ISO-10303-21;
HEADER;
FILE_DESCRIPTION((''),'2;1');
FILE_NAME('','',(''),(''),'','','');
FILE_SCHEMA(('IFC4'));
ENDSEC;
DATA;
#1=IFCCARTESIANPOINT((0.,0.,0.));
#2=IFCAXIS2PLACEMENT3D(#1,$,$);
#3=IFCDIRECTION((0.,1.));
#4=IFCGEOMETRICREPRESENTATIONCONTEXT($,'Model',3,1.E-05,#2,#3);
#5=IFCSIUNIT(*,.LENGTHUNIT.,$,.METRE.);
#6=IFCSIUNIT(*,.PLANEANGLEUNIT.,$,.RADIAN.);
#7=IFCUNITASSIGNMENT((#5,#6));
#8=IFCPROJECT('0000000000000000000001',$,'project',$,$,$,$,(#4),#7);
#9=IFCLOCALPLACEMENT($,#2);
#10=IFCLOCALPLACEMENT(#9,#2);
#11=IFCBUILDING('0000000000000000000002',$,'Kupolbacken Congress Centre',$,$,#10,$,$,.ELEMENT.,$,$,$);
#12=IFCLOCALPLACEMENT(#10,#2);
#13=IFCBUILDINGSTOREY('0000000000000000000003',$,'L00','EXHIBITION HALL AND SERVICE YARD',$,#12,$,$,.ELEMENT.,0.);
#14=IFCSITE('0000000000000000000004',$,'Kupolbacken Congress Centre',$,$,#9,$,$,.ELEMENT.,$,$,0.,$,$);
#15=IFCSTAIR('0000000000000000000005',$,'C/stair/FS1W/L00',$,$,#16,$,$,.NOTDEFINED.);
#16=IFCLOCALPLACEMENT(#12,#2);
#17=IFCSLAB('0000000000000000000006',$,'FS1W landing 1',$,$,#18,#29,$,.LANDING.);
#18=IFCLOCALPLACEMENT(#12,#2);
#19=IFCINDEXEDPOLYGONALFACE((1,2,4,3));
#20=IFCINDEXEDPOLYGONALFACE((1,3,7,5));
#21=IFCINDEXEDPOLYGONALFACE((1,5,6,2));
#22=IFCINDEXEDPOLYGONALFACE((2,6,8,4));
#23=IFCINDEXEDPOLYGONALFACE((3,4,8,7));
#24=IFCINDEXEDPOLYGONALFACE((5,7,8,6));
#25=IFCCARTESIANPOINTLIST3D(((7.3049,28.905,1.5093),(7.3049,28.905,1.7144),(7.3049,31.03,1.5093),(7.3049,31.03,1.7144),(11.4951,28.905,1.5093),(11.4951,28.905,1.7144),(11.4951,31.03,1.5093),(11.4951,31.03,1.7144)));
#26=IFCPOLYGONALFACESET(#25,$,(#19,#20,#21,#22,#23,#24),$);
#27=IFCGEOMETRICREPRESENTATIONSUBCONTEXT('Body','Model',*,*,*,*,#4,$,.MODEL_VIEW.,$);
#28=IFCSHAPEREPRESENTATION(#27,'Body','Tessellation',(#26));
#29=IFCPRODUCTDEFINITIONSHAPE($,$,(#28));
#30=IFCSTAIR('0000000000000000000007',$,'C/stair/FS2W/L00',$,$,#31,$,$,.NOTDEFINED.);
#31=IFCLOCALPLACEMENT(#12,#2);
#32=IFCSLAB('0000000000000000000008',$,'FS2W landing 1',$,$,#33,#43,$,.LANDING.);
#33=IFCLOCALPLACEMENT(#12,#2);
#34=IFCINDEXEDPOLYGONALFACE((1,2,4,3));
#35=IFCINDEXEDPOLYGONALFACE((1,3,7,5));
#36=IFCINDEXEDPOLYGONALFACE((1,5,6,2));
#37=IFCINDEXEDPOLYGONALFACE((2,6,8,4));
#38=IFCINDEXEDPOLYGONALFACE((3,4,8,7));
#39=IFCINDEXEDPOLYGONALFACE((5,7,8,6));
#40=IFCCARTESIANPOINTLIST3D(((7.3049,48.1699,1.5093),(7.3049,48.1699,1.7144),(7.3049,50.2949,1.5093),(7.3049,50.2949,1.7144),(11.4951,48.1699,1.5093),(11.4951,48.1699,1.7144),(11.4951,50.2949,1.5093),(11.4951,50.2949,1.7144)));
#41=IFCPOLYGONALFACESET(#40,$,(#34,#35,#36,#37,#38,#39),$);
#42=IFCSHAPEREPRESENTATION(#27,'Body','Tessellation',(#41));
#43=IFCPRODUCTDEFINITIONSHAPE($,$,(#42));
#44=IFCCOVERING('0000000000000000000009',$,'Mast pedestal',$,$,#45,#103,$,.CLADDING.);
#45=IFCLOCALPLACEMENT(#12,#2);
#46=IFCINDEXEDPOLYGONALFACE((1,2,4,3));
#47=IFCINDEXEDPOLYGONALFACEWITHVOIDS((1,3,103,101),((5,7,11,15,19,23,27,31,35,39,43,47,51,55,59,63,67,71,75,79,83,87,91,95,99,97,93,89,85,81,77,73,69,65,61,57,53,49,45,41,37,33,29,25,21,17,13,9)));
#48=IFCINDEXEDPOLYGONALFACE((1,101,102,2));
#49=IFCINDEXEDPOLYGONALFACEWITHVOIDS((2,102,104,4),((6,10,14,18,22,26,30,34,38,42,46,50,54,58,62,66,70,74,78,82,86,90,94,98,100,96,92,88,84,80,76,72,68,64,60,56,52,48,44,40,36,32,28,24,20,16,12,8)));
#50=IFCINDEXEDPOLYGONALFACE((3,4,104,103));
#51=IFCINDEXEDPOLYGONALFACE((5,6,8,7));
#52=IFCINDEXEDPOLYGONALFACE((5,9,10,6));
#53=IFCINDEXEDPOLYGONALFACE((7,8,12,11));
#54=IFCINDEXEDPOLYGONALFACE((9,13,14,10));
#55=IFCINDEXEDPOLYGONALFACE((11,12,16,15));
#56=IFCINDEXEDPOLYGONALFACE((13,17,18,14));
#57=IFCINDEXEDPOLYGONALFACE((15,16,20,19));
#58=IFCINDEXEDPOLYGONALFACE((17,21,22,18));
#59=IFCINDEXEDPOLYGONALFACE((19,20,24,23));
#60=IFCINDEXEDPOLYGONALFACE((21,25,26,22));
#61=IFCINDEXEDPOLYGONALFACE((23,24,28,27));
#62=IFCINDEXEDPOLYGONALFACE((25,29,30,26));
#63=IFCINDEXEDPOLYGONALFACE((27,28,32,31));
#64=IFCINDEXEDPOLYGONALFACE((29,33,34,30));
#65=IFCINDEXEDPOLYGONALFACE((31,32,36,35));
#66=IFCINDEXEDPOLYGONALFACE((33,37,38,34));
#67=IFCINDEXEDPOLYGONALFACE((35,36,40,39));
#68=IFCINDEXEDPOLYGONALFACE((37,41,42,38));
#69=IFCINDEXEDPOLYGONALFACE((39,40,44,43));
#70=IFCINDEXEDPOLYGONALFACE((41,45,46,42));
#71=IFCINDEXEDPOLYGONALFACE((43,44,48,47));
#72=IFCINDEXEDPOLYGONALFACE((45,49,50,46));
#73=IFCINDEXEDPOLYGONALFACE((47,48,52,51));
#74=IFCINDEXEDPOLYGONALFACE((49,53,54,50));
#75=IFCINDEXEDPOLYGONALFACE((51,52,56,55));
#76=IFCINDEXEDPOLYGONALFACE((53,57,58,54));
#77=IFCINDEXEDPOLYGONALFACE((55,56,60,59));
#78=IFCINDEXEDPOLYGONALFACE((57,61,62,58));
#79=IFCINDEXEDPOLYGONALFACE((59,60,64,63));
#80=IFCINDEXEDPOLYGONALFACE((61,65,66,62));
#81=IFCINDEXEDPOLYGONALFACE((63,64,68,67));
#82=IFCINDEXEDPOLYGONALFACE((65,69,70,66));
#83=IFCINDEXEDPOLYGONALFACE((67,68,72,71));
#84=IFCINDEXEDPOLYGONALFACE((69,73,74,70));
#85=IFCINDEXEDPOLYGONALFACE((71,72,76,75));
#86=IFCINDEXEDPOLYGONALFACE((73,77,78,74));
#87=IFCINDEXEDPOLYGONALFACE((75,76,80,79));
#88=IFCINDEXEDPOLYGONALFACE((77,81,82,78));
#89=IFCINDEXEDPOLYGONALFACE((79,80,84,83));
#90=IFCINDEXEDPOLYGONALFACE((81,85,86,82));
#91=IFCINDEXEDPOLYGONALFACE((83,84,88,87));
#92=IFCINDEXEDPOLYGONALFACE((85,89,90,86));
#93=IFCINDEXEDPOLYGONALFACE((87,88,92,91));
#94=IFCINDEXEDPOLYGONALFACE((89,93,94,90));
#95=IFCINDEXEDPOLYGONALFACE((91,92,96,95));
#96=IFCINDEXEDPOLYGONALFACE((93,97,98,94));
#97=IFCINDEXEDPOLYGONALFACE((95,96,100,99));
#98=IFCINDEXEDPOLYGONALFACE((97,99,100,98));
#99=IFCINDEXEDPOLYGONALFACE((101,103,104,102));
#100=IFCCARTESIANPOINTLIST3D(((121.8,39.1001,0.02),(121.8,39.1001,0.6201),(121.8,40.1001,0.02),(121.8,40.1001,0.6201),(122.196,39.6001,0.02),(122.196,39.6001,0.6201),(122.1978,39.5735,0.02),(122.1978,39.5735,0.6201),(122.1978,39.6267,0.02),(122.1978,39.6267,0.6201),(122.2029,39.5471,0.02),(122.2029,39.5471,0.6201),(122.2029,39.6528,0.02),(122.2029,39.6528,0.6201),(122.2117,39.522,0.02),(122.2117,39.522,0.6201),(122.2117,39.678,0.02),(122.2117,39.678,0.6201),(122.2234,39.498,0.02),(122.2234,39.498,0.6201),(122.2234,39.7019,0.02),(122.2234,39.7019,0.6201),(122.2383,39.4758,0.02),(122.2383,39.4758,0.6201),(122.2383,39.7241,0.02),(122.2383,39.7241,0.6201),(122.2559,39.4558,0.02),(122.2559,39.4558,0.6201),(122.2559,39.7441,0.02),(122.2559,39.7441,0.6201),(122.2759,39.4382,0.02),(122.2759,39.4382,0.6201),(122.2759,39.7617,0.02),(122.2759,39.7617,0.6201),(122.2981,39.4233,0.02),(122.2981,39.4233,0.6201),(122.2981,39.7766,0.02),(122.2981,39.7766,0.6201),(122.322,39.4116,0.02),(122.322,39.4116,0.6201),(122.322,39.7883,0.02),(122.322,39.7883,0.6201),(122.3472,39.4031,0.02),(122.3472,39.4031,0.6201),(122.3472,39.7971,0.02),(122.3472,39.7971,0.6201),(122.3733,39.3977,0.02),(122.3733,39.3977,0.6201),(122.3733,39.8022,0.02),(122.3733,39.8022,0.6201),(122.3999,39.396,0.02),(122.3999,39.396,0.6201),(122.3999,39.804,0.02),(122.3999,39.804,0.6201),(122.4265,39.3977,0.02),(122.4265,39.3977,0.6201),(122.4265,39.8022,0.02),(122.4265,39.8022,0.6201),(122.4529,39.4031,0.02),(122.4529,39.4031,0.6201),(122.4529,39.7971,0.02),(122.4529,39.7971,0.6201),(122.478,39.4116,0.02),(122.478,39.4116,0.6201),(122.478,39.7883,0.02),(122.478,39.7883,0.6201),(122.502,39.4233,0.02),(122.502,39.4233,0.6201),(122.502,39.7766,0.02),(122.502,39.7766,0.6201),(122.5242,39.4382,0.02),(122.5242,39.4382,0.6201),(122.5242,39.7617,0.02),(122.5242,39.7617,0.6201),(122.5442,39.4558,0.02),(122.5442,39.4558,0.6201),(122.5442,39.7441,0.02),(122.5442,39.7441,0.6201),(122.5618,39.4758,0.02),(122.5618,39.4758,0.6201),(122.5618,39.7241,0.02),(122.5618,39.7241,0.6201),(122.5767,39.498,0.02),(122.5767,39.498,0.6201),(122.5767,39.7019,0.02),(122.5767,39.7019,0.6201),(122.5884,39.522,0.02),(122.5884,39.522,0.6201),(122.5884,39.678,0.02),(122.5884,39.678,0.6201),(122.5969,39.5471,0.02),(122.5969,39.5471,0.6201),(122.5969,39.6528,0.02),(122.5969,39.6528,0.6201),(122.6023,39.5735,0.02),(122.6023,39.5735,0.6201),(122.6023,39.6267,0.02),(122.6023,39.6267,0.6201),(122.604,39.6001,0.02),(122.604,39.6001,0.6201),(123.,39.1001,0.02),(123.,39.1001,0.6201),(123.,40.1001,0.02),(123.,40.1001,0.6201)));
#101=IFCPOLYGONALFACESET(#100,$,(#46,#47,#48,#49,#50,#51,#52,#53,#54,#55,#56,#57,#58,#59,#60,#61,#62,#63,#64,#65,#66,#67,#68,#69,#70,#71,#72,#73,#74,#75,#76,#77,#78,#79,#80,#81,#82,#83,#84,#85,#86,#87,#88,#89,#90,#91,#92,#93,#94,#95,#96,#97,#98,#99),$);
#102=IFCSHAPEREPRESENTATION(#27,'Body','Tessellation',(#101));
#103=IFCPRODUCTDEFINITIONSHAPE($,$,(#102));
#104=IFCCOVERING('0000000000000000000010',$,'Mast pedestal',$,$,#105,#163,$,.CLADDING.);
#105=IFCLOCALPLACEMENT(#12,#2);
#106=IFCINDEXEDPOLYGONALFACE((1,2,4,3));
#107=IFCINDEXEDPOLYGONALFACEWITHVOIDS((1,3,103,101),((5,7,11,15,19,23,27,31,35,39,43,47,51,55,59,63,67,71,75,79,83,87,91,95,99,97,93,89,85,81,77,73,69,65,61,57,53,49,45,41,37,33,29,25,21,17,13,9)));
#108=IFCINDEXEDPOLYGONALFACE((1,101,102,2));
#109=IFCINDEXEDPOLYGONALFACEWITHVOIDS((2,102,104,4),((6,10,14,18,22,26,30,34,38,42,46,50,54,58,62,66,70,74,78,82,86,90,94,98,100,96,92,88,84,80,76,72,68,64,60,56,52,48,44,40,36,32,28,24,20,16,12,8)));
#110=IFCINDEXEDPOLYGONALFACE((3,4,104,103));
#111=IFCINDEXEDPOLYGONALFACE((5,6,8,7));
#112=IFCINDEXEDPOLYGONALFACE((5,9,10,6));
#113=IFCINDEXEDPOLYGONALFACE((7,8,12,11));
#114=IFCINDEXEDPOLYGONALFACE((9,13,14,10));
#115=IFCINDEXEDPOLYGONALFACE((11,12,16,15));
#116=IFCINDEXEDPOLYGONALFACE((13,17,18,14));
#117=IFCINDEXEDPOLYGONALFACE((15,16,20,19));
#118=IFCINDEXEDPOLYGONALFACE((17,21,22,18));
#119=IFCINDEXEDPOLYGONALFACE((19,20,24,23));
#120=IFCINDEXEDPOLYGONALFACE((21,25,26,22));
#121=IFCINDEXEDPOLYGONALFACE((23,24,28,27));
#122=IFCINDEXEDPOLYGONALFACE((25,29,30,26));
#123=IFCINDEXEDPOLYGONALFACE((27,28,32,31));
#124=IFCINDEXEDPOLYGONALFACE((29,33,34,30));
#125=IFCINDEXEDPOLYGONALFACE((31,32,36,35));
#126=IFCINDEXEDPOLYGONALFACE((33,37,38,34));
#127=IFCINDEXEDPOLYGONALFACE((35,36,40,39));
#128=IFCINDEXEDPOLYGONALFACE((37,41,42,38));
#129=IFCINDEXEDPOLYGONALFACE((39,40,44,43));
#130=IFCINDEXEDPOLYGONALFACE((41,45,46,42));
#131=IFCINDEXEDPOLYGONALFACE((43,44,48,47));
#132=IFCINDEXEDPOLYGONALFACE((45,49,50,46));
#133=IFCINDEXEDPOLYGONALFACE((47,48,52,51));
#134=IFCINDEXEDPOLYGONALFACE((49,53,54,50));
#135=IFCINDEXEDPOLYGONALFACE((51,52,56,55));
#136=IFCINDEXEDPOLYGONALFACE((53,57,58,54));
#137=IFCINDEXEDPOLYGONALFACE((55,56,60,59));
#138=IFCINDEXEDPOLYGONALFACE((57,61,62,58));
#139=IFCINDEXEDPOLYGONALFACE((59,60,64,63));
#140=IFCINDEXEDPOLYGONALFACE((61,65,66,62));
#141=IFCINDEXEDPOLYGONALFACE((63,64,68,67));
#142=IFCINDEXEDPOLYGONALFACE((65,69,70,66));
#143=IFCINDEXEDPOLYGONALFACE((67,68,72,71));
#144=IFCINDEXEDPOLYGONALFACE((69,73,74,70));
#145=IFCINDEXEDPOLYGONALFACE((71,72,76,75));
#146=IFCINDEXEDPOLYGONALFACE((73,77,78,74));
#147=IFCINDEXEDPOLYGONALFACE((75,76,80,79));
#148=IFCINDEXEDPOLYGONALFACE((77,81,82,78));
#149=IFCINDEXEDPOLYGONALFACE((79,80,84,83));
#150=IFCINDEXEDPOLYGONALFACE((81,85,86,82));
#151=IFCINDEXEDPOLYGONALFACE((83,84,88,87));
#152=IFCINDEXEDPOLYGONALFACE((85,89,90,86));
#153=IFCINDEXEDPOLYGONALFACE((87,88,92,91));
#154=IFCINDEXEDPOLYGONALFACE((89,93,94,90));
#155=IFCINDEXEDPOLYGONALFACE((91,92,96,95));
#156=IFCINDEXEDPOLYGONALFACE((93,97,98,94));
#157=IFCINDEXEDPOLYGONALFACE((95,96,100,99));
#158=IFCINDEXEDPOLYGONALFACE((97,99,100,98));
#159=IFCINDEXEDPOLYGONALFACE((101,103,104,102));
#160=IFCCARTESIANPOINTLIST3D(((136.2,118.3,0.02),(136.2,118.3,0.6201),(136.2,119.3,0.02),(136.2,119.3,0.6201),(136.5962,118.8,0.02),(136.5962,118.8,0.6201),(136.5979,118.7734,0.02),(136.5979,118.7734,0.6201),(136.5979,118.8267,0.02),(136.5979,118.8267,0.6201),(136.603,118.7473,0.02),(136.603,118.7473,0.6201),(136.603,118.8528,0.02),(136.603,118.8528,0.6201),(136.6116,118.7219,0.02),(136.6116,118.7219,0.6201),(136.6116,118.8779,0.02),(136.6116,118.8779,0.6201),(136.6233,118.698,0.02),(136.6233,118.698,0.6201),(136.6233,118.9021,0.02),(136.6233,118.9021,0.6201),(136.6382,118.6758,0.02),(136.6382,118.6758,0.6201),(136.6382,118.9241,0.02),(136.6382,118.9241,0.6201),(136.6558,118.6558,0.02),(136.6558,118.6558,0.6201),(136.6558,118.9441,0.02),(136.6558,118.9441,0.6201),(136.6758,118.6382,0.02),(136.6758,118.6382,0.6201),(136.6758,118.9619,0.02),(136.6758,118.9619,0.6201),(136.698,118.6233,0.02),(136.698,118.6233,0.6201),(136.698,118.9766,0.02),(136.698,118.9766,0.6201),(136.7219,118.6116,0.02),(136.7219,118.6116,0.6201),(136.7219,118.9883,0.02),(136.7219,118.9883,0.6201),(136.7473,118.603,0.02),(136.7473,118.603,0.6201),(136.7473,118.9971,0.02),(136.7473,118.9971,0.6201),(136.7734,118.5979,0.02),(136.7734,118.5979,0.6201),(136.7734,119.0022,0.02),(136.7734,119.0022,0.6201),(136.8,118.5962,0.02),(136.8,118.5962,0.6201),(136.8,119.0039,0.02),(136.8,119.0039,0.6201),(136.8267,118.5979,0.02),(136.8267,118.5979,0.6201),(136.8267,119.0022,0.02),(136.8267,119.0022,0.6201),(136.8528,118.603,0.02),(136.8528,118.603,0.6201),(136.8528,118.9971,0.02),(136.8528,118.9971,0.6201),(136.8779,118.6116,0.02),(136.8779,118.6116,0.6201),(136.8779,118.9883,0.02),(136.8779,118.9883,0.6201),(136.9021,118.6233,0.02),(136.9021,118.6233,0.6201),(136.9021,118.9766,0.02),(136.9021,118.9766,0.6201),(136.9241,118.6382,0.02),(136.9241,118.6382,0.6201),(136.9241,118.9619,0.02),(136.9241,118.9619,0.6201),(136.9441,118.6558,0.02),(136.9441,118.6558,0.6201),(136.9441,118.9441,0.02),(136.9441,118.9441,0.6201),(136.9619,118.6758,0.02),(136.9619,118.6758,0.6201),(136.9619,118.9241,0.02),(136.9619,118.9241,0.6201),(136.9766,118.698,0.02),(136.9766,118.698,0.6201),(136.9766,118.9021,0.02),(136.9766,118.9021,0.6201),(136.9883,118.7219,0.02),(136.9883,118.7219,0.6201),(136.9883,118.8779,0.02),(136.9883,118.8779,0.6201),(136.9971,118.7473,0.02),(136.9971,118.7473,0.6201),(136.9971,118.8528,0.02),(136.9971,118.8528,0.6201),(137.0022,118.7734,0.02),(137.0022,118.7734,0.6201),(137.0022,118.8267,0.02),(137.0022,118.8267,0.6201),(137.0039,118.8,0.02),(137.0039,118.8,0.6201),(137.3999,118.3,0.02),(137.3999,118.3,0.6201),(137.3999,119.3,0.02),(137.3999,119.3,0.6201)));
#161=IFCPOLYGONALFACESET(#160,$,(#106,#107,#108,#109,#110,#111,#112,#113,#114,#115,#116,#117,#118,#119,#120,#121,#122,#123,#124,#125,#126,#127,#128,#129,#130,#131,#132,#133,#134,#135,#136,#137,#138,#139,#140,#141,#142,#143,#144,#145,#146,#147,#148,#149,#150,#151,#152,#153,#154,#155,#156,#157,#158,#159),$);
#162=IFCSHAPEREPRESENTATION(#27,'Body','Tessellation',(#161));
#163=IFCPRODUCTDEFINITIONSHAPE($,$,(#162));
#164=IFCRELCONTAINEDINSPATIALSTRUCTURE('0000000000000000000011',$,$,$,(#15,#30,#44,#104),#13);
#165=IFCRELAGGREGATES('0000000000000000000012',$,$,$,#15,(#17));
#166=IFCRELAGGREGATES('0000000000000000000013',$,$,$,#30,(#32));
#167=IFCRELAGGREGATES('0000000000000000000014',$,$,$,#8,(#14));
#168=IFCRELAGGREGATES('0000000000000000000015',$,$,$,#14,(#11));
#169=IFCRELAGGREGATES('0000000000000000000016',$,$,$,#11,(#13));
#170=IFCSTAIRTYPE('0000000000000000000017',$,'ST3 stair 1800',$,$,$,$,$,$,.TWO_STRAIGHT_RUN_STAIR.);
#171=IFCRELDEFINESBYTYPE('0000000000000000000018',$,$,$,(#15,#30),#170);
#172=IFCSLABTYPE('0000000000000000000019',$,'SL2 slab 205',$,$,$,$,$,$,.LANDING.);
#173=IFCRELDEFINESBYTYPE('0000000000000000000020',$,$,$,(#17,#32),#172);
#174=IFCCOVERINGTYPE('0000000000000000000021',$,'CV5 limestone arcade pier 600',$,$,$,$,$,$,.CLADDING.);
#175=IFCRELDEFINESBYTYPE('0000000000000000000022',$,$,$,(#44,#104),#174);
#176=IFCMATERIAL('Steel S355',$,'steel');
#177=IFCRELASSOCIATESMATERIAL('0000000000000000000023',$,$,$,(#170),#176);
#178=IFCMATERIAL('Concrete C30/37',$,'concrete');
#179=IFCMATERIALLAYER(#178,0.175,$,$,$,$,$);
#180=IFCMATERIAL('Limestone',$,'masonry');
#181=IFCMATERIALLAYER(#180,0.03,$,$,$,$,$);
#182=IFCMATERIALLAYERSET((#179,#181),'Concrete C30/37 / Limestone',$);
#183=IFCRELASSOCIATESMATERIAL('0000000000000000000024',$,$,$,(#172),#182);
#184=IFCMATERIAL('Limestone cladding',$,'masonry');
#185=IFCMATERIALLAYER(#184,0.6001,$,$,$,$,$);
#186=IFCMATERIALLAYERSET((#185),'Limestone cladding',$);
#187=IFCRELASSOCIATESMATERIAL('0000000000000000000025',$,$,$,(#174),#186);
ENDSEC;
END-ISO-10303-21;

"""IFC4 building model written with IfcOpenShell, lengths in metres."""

from ifc_helpers import new_model, si_unit, direction, frame, origin, place, context, subcontext, project, spatial, polyline, outline, extrude, material, layer, layer_set, type_object, element, aggregate, save


model = new_model("IFC4")

# Units and contexts
model_context = context("Model", 3, precision=1e-05, world=origin(), true_north=direction((0.0, 1.0)))
body_context = subcontext(model_context, "Body", "Model", "MODEL_VIEW")
ifc_project = project(units=[si_unit("LENGTHUNIT", "METRE"), si_unit("PLANEANGLEUNIT", "RADIAN")], contexts=[model_context])

# Site, building, storey
site_placement = place(None, origin())
site = spatial("IfcSite", under=ifc_project, at=site_placement, Name="Kupolbacken Congress Centre", CompositionType="ELEMENT", RefElevation=0.0)
building_placement = place(site_placement, origin())
building = spatial("IfcBuilding", under=site, at=building_placement, Name="Kupolbacken Congress Centre", CompositionType="ELEMENT")
storey_placement = place(building_placement, origin())
storey = spatial("IfcBuildingStorey", under=building, at=storey_placement, Name="L00", Description="EXHIBITION HALL AND SERVICE YARD", CompositionType="ELEMENT", Elevation=0.0)

# Stairs, slabs
ifc_material_1 = material(Name="Steel S355", Category="steel")
stair_type = type_object("IfcStairType", Name="ST3 stair 1800", PredefinedType="TWO_STRAIGHT_RUN_STAIR", material=ifc_material_1)
stair_1_placement = place(storey_placement, origin())
stair_1 = element("IfcStair", 1, at=stair_1_placement, inside=storey, type_object=stair_type, Name="C/stair/FS1W/L00", PredefinedType="NOTDEFINED")
ifc_material_2 = material(Name="Concrete C30/37", Category="concrete")
ifc_layer_1 = layer(ifc_material_2, 0.175)
ifc_material_3 = material(Name="Limestone", Category="masonry")
ifc_layer_2 = layer(ifc_material_3, 0.03)
ifc_layer_set_1 = layer_set([ifc_layer_1, ifc_layer_2], Name="Concrete C30/37 / Limestone")
slab_type = type_object("IfcSlabType", Name="SL2 slab 205", PredefinedType="LANDING", material=ifc_layer_set_1)
slab_1_placement = place(storey_placement, frame((0.0, 0.0, 1.5093)))
slab_1 = element("IfcSlab", 2, at=slab_1_placement, type_object=slab_type, Name="FS1W landing 1", PredefinedType="LANDING", context=body_context, shape_type="SweptSolid", body=[
    extrude(outline(polyline([(7.3049, 28.905), (11.4951, 28.905), (11.4951, 31.03), (7.3049, 31.03), (7.3049, 28.905)])), origin(), (0.0, 0.0, 1.0), 0.2051),
])
aggregate(stair_1, [slab_1])
stair_2_placement = place(storey_placement, origin())
stair_2 = element("IfcStair", 3, at=stair_2_placement, inside=storey, type_object=stair_type, Name="C/stair/FS2W/L00", PredefinedType="NOTDEFINED")
slab_2_placement = place(storey_placement, frame((0.0, 0.0, 1.5093)))
slab_2 = element("IfcSlab", 4, at=slab_2_placement, type_object=slab_type, Name="FS2W landing 1", PredefinedType="LANDING", context=body_context, shape_type="SweptSolid", body=[
    extrude(outline(polyline([(7.3049, 48.1699), (11.4951, 48.1699), (11.4951, 50.2949), (7.3049, 50.2949), (7.3049, 48.1699)])), origin(), (0.0, 0.0, 1.0), 0.2051),
])
aggregate(stair_2, [slab_2])

# Coverings
ifc_material_4 = material(Name="Limestone cladding", Category="masonry")
ifc_layer_3 = layer(ifc_material_4, 0.6001)
ifc_layer_set_2 = layer_set([ifc_layer_3], Name="Limestone cladding")
covering_type = type_object("IfcCoveringType", Name="CV5 limestone arcade pier 600", PredefinedType="CLADDING", material=ifc_layer_set_2)
covering_1_placement = place(storey_placement, frame((0.0, 0.0, 0.02)))
element("IfcCovering", 5, at=covering_1_placement, inside=storey, type_object=covering_type, Name="Mast pedestal", PredefinedType="CLADDING", context=body_context, shape_type="SweptSolid", body=[
    extrude(outline(polyline([(121.8, 39.1001), (121.8, 40.1001), (123.0, 40.1001), (123.0, 39.1001), (121.8, 39.1001)]), holes=[polyline([(122.6023, 39.6267), (122.5969, 39.6528), (122.5884, 39.678), (122.5767, 39.7019), (122.5618, 39.7241), (122.5442, 39.7441), (122.5242, 39.7617), (122.502, 39.7766), (122.478, 39.7883), (122.4529, 39.7971), (122.4265, 39.8022), (122.3999, 39.804), (122.3733, 39.8022), (122.3472, 39.7971), (122.322, 39.7883), (122.2981, 39.7766), (122.2759, 39.7617), (122.2559, 39.7441), (122.2383, 39.7241), (122.2234, 39.7019), (122.2117, 39.678), (122.2029, 39.6528), (122.1978, 39.6267), (122.196, 39.6001), (122.1978, 39.5735), (122.2029, 39.5471), (122.2117, 39.522), (122.2234, 39.498), (122.2383, 39.4758), (122.2559, 39.4558), (122.2759, 39.4382), (122.2981, 39.4233), (122.322, 39.4116), (122.3472, 39.4031), (122.3733, 39.3977), (122.3999, 39.396), (122.4265, 39.3977), (122.4529, 39.4031), (122.478, 39.4116), (122.502, 39.4233), (122.5242, 39.4382), (122.5442, 39.4558), (122.5618, 39.4758), (122.5767, 39.498), (122.5884, 39.522), (122.5969, 39.5471), (122.6023, 39.5735), (122.604, 39.6001), (122.6023, 39.6267)])]), origin(), (0.0, 0.0, 1.0), 0.6001),
])
covering_2_placement = place(storey_placement, frame((0.0, 0.0, 0.02)))
element("IfcCovering", 6, at=covering_2_placement, inside=storey, type_object=covering_type, Name="Mast pedestal", PredefinedType="CLADDING", context=body_context, shape_type="SweptSolid", body=[
    extrude(outline(polyline([(136.2, 118.3), (136.2, 119.3), (137.3999, 119.3), (137.3999, 118.3), (136.2, 118.3)]), holes=[polyline([(137.0022, 118.8267), (136.9971, 118.8528), (136.9883, 118.8779), (136.9766, 118.9021), (136.9619, 118.9241), (136.9441, 118.9441), (136.9241, 118.9619), (136.9021, 118.9766), (136.8779, 118.9883), (136.8528, 118.9971), (136.8267, 119.0022), (136.8, 119.0039), (136.7734, 119.0022), (136.7473, 118.9971), (136.7219, 118.9883), (136.698, 118.9766), (136.6758, 118.9619), (136.6558, 118.9441), (136.6382, 118.9241), (136.6233, 118.9021), (136.6116, 118.8779), (136.603, 118.8528), (136.5979, 118.8267), (136.5962, 118.8), (136.5979, 118.7734), (136.603, 118.7473), (136.6116, 118.7219), (136.6233, 118.698), (136.6382, 118.6758), (136.6558, 118.6558), (136.6758, 118.6382), (136.698, 118.6233), (136.7219, 118.6116), (136.7473, 118.603), (136.7734, 118.5979), (136.8, 118.5962), (136.8267, 118.5979), (136.8528, 118.603), (136.8779, 118.6116), (136.9021, 118.6233), (136.9241, 118.6382), (136.9441, 118.6558), (136.9619, 118.6758), (136.9766, 118.698), (136.9883, 118.7219), (136.9971, 118.7473), (137.0022, 118.7734), (137.0039, 118.8), (137.0022, 118.8267)])]), origin(), (0.0, 0.0, 1.0), 0.6001),
])

save(model, "model.ifc")
